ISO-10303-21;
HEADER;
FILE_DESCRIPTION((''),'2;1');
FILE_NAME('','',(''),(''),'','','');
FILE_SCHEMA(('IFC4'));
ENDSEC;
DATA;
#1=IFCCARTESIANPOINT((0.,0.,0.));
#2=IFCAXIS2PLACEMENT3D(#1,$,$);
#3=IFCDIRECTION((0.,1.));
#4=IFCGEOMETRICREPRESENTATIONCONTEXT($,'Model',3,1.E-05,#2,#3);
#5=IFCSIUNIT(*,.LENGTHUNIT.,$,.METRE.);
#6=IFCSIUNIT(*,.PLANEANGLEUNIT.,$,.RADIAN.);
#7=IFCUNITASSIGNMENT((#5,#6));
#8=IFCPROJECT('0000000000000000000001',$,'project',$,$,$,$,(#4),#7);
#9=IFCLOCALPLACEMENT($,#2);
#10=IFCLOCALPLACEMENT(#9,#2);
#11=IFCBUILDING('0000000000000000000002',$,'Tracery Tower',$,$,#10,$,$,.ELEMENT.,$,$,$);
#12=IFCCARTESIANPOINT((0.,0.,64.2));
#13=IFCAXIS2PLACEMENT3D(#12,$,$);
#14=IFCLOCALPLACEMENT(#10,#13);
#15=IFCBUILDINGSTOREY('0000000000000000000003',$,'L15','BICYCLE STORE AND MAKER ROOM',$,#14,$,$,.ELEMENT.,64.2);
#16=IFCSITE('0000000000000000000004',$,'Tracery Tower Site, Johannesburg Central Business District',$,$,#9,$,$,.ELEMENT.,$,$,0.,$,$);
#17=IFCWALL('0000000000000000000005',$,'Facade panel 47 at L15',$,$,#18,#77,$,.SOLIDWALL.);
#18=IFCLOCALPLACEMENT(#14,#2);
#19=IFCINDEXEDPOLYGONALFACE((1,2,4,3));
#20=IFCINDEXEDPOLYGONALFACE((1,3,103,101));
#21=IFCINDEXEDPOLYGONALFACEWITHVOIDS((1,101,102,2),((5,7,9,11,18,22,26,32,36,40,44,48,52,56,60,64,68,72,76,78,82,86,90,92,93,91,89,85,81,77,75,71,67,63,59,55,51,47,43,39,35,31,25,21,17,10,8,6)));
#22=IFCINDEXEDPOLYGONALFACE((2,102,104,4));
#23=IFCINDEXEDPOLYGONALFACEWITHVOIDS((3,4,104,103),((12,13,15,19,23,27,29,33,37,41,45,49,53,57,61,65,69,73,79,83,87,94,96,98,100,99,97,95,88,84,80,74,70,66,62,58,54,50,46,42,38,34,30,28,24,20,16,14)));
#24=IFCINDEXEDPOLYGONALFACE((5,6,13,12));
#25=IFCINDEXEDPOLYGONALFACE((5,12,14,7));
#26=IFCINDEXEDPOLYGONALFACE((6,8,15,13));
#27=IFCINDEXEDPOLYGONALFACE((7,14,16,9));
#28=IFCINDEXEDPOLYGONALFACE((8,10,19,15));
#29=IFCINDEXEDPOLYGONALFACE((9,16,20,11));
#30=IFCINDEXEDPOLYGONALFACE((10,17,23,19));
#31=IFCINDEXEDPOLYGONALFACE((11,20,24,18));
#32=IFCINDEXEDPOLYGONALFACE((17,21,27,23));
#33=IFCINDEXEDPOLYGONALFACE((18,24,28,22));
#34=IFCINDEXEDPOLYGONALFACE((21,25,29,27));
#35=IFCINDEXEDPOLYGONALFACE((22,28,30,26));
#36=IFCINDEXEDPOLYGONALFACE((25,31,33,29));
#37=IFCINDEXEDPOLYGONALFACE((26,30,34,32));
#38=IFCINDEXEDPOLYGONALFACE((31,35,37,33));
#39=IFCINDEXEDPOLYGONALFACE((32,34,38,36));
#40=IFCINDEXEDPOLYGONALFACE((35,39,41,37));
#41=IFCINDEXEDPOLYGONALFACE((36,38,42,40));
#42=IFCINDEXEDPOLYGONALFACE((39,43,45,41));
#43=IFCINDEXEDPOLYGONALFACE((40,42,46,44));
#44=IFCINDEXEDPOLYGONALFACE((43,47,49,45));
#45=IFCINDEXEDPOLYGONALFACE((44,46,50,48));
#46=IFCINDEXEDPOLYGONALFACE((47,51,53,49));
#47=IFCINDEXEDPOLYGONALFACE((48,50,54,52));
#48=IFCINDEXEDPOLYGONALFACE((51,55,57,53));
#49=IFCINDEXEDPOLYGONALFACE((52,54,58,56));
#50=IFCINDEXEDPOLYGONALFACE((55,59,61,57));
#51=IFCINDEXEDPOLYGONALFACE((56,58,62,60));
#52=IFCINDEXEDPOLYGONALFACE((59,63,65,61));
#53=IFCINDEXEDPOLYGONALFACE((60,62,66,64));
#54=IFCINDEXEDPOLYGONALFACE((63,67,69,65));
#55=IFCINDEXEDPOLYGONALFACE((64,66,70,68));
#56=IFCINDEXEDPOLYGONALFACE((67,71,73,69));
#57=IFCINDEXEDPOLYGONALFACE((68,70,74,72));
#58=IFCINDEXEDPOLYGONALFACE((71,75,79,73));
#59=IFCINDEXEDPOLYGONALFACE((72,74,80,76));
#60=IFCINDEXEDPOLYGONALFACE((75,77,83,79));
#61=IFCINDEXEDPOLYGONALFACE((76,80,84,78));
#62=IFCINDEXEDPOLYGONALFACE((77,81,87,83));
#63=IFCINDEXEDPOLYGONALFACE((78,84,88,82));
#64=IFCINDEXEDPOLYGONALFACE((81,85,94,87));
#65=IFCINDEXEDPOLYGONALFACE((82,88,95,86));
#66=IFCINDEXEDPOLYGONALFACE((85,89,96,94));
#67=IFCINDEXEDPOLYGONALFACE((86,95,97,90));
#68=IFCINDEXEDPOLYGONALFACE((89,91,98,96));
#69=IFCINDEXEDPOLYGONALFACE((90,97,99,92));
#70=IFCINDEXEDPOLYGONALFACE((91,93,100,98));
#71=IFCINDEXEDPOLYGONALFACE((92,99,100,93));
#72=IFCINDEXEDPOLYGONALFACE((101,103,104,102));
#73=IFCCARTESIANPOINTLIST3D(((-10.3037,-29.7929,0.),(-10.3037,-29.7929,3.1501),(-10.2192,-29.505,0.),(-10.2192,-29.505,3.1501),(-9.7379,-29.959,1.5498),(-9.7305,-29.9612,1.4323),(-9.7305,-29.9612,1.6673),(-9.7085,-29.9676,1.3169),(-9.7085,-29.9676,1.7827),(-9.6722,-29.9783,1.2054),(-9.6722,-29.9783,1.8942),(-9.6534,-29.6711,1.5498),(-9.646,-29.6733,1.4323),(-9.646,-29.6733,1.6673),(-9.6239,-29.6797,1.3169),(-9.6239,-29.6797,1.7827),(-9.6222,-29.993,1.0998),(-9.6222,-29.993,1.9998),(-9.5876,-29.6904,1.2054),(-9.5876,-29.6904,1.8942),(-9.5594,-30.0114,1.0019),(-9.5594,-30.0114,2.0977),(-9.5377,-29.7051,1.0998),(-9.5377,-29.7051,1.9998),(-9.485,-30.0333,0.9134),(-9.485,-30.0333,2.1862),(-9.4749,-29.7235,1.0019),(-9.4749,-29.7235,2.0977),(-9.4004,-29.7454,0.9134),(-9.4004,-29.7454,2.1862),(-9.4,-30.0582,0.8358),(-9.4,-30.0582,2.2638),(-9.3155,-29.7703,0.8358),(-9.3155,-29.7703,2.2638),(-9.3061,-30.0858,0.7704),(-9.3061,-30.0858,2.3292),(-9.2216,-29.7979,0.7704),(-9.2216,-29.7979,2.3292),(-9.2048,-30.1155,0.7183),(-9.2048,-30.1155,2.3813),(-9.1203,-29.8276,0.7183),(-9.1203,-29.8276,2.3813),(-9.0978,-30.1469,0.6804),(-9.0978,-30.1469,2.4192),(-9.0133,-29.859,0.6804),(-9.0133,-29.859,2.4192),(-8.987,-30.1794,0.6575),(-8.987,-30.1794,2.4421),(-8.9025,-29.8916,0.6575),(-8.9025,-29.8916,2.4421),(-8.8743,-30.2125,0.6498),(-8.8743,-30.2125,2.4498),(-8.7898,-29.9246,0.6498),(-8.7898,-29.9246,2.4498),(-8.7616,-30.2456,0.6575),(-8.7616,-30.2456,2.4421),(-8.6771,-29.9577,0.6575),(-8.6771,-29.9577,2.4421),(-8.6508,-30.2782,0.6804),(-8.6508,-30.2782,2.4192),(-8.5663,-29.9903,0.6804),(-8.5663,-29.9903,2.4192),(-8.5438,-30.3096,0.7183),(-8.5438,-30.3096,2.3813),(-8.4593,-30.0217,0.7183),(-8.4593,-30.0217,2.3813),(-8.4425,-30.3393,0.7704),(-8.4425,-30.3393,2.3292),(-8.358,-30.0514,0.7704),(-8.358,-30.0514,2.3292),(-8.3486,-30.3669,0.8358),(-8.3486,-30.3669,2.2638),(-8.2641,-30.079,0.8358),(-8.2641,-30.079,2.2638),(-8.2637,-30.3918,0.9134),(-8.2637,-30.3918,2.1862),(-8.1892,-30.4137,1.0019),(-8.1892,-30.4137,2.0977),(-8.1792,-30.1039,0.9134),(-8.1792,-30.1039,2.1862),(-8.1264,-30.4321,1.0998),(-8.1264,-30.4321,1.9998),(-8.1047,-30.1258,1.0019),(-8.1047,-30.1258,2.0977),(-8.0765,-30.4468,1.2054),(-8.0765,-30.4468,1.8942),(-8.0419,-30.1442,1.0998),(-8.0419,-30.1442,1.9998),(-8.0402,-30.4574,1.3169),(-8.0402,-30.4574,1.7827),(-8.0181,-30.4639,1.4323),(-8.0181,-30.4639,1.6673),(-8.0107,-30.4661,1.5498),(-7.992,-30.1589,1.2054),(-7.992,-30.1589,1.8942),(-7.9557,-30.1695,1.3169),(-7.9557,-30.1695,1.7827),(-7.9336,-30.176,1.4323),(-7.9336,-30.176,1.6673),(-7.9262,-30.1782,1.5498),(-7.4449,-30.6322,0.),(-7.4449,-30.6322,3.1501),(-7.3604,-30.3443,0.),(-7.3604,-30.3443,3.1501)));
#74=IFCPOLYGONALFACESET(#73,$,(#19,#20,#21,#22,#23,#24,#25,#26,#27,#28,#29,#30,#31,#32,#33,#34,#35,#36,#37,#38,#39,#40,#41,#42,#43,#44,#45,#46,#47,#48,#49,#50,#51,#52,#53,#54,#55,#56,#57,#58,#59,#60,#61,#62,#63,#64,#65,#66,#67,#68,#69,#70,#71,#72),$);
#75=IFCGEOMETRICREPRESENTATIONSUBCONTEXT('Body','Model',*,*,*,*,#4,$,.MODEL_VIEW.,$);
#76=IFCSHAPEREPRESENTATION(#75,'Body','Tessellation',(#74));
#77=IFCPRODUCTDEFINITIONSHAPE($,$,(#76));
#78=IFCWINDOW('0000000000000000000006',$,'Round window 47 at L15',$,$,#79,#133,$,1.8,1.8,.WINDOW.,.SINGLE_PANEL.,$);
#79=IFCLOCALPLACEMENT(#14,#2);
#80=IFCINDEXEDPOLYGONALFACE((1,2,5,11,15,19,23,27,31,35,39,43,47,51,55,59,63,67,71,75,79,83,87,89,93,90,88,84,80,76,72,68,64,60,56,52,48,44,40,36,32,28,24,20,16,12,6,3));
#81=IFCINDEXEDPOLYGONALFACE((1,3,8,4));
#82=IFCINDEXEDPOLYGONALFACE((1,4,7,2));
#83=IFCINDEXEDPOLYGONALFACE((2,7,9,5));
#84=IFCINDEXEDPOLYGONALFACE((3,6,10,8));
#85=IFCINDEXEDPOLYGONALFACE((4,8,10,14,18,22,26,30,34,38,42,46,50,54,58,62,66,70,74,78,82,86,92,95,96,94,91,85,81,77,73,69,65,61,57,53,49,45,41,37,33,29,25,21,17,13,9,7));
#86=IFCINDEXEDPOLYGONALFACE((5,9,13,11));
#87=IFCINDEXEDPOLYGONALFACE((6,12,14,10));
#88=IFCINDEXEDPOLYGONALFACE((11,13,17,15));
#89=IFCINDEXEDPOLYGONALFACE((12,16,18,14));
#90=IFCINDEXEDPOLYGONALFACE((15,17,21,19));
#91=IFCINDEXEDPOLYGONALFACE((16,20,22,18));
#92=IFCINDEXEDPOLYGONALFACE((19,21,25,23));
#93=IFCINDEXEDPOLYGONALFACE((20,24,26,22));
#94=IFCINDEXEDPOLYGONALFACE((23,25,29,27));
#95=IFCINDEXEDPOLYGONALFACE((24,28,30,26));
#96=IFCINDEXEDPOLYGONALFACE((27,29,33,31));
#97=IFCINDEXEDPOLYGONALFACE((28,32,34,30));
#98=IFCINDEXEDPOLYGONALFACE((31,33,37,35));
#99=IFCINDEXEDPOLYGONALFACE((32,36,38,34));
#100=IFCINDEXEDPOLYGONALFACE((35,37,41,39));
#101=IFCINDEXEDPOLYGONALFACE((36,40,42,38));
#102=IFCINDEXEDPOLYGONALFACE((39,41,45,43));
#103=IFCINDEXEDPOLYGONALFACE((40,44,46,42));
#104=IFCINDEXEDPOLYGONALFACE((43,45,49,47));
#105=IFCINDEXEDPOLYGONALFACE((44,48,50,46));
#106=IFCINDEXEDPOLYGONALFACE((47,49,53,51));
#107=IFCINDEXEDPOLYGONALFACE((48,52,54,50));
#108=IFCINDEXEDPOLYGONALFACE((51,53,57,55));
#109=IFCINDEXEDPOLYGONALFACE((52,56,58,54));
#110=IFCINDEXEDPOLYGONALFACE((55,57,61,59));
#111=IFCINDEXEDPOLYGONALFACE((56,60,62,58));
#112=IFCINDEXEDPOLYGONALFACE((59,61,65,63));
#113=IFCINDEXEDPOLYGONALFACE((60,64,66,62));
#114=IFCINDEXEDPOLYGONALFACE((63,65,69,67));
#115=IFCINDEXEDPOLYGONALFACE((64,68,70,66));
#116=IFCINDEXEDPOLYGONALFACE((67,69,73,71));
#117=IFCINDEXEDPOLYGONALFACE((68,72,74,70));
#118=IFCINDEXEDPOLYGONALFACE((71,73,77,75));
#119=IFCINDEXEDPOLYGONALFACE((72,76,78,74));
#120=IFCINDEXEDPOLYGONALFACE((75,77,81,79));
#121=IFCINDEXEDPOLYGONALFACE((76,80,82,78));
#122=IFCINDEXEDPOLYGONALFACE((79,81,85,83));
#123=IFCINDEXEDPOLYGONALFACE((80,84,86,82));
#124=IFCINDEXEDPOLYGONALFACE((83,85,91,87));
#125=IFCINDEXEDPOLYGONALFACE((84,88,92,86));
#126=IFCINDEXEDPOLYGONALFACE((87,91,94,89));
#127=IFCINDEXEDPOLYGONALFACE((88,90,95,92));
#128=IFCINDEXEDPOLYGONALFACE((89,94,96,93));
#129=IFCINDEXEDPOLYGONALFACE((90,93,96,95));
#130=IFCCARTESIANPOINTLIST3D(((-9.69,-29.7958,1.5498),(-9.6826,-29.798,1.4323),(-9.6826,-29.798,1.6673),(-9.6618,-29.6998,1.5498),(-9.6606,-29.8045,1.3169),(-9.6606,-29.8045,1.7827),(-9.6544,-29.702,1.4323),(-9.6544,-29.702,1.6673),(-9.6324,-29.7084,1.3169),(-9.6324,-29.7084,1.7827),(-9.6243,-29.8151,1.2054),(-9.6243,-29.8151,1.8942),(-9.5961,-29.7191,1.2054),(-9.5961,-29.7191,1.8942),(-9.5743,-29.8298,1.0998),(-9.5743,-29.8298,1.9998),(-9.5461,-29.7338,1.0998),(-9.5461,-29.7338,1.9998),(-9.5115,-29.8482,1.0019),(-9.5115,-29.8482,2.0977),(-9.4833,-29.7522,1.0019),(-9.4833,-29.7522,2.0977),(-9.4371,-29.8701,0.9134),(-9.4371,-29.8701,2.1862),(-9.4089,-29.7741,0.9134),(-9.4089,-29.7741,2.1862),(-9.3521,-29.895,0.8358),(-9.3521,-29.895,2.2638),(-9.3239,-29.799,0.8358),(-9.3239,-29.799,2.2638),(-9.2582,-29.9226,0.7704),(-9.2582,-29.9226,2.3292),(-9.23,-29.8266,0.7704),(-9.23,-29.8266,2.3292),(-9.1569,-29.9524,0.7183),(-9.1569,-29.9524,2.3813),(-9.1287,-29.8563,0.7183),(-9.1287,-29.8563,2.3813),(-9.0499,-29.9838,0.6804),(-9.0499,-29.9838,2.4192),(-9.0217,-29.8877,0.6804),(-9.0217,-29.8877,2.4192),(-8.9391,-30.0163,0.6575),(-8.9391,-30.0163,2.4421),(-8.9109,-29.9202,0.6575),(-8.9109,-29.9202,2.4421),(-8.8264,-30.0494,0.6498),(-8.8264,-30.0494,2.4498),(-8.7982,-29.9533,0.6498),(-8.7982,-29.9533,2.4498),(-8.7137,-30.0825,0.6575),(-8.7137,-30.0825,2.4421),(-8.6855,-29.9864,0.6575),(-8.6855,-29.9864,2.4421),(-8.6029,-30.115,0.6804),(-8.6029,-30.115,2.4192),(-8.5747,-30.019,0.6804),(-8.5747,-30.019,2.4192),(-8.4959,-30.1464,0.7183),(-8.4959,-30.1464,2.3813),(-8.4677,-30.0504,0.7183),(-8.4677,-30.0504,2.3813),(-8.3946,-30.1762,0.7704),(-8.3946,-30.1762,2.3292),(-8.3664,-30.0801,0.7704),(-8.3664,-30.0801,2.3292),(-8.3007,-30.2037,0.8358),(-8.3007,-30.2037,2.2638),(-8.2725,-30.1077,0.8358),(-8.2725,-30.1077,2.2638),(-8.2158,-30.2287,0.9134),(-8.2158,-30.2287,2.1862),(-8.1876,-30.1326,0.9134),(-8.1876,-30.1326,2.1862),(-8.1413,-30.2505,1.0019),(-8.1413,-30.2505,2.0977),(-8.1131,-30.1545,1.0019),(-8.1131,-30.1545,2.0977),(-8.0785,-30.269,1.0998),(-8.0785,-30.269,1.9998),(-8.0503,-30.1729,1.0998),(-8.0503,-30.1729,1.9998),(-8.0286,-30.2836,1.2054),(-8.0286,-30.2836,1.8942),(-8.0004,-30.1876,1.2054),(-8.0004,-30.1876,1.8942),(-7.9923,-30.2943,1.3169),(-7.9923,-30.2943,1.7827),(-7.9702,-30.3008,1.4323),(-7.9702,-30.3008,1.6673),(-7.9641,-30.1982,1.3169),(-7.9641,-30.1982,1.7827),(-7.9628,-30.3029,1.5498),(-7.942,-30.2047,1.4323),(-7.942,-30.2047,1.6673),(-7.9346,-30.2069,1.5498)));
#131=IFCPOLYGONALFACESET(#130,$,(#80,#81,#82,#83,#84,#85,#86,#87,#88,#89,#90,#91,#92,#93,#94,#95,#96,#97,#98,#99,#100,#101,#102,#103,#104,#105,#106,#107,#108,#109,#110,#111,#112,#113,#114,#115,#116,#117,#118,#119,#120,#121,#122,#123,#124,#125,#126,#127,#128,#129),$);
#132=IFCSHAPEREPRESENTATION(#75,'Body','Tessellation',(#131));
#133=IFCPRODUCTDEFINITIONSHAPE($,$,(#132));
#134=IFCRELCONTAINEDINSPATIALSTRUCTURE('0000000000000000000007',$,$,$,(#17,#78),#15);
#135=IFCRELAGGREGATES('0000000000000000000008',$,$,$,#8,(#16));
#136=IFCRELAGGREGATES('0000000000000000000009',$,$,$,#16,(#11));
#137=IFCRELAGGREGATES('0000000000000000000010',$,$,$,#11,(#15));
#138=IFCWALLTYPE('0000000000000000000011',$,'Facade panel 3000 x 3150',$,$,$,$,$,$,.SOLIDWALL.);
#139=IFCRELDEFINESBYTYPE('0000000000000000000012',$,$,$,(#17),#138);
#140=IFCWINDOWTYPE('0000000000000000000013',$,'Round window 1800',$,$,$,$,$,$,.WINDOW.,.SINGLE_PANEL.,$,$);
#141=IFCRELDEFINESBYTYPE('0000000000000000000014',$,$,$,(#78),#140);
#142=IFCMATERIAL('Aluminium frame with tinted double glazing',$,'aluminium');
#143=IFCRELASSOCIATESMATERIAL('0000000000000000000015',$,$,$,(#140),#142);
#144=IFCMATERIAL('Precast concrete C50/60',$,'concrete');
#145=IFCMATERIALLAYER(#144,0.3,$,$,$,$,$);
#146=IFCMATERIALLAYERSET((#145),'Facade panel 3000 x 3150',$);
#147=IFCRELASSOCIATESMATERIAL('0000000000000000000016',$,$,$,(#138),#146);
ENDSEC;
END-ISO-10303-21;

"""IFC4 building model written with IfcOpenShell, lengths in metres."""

from ifc_helpers import new_model, si_unit, direction, frame, frame_2d, origin, origin_2d, place, context, subcontext, project, spatial, rectangle, circle, extrude, material, layer, layer_set, type_object, element, fill, save


model = new_model("IFC4")

# Units and contexts
model_context = context("Model", 3, precision=1e-05, world=origin(), true_north=direction((0.0, 1.0)))
body_context = subcontext(model_context, "Body", "Model", "MODEL_VIEW")
ifc_project = project(units=[si_unit("LENGTHUNIT", "METRE"), si_unit("PLANEANGLEUNIT", "RADIAN")], contexts=[model_context])

# Site, building, storey
site_placement = place(None, origin())
site = spatial("IfcSite", under=ifc_project, at=site_placement, Name="Tracery Tower Site, Johannesburg Central Business District", CompositionType="ELEMENT", RefElevation=0.0)
building_placement = place(site_placement, origin())
building = spatial("IfcBuilding", under=site, at=building_placement, Name="Tracery Tower", CompositionType="ELEMENT")
storey_placement = place(building_placement, frame((0.0, 0.0, 64.2)))
storey = spatial("IfcBuildingStorey", under=building, at=storey_placement, Name="L15", Description="BICYCLE STORE AND MAKER ROOM", CompositionType="ELEMENT", Elevation=64.2)

# Wall, opening, window
ifc_material_1 = material(Name="Aluminium frame with tinted double glazing", Category="aluminium")
window_type = type_object("IfcWindowType", Name="Round window 1800", PartitioningType="SINGLE_PANEL", PredefinedType="WINDOW", material=ifc_material_1)
ifc_material_2 = material(Name="Precast concrete C50/60", Category="concrete")
ifc_layer_1 = layer(ifc_material_2, 0.3)
ifc_layer_set_1 = layer_set([ifc_layer_1], Name="Facade panel 3000 x 3150")
wall_type_1 = type_object("IfcWallType", Name="Facade panel 3000 x 3150", PredefinedType="SOLIDWALL", material=ifc_layer_set_1)
wall_1_placement = place(storey_placement, frame((-10.2615, -29.6489, 0.0), z_axis=(0.0, 0.0, 1.0), x_axis=(0.959501, -0.281705, 0.0)))
wall_1 = element("IfcWall", 1, at=wall_1_placement, inside=storey, type_object=wall_type_1, Name="Facade panel 47 at L15", PredefinedType="SOLIDWALL", context=body_context, shape_type="SweptSolid", body=[
    extrude(rectangle(XDim=2.9795, YDim=0.3, at=frame_2d((1.4897, 0.0))), origin(), (0.0, 0.0, 1.0), 3.1501),
])
opening_1_placement = place(wall_1_placement, frame((1.4897, 0.0, 1.5498)))
opening_1 = element("IfcOpeningElement", 2, at=opening_1_placement, cuts=wall_1, PredefinedType="OPENING", context=body_context, shape_type="SweptSolid", body=[
    extrude(circle(Radius=0.9, at=origin_2d()), frame((0.0, 0.1599, 0.0), z_axis=(0.0, -1.0, 0.0), x_axis=(1.0, 0.0, 0.0)), (0.0, 0.0, 1.0), 0.3201),
])
window_1_placement = place(opening_1_placement, origin())
window_1 = element("IfcWindow", 3, at=window_1_placement, inside=storey, type_object=window_type, Name="Round window 47 at L15", OverallHeight=1.8, OverallWidth=1.8, PartitioningType="SINGLE_PANEL", PredefinedType="WINDOW", context=body_context, shape_type="SweptSolid", body=[
    extrude(circle(Radius=0.9, at=origin_2d()), frame((0.0, 0.1201, 0.0), z_axis=(0.0, -1.0, 0.0), x_axis=(1.0, 0.0, 0.0)), (0.0, 0.0, 1.0), 0.1001),
])
fill(opening_1, window_1)

save(model, "model.ifc")
